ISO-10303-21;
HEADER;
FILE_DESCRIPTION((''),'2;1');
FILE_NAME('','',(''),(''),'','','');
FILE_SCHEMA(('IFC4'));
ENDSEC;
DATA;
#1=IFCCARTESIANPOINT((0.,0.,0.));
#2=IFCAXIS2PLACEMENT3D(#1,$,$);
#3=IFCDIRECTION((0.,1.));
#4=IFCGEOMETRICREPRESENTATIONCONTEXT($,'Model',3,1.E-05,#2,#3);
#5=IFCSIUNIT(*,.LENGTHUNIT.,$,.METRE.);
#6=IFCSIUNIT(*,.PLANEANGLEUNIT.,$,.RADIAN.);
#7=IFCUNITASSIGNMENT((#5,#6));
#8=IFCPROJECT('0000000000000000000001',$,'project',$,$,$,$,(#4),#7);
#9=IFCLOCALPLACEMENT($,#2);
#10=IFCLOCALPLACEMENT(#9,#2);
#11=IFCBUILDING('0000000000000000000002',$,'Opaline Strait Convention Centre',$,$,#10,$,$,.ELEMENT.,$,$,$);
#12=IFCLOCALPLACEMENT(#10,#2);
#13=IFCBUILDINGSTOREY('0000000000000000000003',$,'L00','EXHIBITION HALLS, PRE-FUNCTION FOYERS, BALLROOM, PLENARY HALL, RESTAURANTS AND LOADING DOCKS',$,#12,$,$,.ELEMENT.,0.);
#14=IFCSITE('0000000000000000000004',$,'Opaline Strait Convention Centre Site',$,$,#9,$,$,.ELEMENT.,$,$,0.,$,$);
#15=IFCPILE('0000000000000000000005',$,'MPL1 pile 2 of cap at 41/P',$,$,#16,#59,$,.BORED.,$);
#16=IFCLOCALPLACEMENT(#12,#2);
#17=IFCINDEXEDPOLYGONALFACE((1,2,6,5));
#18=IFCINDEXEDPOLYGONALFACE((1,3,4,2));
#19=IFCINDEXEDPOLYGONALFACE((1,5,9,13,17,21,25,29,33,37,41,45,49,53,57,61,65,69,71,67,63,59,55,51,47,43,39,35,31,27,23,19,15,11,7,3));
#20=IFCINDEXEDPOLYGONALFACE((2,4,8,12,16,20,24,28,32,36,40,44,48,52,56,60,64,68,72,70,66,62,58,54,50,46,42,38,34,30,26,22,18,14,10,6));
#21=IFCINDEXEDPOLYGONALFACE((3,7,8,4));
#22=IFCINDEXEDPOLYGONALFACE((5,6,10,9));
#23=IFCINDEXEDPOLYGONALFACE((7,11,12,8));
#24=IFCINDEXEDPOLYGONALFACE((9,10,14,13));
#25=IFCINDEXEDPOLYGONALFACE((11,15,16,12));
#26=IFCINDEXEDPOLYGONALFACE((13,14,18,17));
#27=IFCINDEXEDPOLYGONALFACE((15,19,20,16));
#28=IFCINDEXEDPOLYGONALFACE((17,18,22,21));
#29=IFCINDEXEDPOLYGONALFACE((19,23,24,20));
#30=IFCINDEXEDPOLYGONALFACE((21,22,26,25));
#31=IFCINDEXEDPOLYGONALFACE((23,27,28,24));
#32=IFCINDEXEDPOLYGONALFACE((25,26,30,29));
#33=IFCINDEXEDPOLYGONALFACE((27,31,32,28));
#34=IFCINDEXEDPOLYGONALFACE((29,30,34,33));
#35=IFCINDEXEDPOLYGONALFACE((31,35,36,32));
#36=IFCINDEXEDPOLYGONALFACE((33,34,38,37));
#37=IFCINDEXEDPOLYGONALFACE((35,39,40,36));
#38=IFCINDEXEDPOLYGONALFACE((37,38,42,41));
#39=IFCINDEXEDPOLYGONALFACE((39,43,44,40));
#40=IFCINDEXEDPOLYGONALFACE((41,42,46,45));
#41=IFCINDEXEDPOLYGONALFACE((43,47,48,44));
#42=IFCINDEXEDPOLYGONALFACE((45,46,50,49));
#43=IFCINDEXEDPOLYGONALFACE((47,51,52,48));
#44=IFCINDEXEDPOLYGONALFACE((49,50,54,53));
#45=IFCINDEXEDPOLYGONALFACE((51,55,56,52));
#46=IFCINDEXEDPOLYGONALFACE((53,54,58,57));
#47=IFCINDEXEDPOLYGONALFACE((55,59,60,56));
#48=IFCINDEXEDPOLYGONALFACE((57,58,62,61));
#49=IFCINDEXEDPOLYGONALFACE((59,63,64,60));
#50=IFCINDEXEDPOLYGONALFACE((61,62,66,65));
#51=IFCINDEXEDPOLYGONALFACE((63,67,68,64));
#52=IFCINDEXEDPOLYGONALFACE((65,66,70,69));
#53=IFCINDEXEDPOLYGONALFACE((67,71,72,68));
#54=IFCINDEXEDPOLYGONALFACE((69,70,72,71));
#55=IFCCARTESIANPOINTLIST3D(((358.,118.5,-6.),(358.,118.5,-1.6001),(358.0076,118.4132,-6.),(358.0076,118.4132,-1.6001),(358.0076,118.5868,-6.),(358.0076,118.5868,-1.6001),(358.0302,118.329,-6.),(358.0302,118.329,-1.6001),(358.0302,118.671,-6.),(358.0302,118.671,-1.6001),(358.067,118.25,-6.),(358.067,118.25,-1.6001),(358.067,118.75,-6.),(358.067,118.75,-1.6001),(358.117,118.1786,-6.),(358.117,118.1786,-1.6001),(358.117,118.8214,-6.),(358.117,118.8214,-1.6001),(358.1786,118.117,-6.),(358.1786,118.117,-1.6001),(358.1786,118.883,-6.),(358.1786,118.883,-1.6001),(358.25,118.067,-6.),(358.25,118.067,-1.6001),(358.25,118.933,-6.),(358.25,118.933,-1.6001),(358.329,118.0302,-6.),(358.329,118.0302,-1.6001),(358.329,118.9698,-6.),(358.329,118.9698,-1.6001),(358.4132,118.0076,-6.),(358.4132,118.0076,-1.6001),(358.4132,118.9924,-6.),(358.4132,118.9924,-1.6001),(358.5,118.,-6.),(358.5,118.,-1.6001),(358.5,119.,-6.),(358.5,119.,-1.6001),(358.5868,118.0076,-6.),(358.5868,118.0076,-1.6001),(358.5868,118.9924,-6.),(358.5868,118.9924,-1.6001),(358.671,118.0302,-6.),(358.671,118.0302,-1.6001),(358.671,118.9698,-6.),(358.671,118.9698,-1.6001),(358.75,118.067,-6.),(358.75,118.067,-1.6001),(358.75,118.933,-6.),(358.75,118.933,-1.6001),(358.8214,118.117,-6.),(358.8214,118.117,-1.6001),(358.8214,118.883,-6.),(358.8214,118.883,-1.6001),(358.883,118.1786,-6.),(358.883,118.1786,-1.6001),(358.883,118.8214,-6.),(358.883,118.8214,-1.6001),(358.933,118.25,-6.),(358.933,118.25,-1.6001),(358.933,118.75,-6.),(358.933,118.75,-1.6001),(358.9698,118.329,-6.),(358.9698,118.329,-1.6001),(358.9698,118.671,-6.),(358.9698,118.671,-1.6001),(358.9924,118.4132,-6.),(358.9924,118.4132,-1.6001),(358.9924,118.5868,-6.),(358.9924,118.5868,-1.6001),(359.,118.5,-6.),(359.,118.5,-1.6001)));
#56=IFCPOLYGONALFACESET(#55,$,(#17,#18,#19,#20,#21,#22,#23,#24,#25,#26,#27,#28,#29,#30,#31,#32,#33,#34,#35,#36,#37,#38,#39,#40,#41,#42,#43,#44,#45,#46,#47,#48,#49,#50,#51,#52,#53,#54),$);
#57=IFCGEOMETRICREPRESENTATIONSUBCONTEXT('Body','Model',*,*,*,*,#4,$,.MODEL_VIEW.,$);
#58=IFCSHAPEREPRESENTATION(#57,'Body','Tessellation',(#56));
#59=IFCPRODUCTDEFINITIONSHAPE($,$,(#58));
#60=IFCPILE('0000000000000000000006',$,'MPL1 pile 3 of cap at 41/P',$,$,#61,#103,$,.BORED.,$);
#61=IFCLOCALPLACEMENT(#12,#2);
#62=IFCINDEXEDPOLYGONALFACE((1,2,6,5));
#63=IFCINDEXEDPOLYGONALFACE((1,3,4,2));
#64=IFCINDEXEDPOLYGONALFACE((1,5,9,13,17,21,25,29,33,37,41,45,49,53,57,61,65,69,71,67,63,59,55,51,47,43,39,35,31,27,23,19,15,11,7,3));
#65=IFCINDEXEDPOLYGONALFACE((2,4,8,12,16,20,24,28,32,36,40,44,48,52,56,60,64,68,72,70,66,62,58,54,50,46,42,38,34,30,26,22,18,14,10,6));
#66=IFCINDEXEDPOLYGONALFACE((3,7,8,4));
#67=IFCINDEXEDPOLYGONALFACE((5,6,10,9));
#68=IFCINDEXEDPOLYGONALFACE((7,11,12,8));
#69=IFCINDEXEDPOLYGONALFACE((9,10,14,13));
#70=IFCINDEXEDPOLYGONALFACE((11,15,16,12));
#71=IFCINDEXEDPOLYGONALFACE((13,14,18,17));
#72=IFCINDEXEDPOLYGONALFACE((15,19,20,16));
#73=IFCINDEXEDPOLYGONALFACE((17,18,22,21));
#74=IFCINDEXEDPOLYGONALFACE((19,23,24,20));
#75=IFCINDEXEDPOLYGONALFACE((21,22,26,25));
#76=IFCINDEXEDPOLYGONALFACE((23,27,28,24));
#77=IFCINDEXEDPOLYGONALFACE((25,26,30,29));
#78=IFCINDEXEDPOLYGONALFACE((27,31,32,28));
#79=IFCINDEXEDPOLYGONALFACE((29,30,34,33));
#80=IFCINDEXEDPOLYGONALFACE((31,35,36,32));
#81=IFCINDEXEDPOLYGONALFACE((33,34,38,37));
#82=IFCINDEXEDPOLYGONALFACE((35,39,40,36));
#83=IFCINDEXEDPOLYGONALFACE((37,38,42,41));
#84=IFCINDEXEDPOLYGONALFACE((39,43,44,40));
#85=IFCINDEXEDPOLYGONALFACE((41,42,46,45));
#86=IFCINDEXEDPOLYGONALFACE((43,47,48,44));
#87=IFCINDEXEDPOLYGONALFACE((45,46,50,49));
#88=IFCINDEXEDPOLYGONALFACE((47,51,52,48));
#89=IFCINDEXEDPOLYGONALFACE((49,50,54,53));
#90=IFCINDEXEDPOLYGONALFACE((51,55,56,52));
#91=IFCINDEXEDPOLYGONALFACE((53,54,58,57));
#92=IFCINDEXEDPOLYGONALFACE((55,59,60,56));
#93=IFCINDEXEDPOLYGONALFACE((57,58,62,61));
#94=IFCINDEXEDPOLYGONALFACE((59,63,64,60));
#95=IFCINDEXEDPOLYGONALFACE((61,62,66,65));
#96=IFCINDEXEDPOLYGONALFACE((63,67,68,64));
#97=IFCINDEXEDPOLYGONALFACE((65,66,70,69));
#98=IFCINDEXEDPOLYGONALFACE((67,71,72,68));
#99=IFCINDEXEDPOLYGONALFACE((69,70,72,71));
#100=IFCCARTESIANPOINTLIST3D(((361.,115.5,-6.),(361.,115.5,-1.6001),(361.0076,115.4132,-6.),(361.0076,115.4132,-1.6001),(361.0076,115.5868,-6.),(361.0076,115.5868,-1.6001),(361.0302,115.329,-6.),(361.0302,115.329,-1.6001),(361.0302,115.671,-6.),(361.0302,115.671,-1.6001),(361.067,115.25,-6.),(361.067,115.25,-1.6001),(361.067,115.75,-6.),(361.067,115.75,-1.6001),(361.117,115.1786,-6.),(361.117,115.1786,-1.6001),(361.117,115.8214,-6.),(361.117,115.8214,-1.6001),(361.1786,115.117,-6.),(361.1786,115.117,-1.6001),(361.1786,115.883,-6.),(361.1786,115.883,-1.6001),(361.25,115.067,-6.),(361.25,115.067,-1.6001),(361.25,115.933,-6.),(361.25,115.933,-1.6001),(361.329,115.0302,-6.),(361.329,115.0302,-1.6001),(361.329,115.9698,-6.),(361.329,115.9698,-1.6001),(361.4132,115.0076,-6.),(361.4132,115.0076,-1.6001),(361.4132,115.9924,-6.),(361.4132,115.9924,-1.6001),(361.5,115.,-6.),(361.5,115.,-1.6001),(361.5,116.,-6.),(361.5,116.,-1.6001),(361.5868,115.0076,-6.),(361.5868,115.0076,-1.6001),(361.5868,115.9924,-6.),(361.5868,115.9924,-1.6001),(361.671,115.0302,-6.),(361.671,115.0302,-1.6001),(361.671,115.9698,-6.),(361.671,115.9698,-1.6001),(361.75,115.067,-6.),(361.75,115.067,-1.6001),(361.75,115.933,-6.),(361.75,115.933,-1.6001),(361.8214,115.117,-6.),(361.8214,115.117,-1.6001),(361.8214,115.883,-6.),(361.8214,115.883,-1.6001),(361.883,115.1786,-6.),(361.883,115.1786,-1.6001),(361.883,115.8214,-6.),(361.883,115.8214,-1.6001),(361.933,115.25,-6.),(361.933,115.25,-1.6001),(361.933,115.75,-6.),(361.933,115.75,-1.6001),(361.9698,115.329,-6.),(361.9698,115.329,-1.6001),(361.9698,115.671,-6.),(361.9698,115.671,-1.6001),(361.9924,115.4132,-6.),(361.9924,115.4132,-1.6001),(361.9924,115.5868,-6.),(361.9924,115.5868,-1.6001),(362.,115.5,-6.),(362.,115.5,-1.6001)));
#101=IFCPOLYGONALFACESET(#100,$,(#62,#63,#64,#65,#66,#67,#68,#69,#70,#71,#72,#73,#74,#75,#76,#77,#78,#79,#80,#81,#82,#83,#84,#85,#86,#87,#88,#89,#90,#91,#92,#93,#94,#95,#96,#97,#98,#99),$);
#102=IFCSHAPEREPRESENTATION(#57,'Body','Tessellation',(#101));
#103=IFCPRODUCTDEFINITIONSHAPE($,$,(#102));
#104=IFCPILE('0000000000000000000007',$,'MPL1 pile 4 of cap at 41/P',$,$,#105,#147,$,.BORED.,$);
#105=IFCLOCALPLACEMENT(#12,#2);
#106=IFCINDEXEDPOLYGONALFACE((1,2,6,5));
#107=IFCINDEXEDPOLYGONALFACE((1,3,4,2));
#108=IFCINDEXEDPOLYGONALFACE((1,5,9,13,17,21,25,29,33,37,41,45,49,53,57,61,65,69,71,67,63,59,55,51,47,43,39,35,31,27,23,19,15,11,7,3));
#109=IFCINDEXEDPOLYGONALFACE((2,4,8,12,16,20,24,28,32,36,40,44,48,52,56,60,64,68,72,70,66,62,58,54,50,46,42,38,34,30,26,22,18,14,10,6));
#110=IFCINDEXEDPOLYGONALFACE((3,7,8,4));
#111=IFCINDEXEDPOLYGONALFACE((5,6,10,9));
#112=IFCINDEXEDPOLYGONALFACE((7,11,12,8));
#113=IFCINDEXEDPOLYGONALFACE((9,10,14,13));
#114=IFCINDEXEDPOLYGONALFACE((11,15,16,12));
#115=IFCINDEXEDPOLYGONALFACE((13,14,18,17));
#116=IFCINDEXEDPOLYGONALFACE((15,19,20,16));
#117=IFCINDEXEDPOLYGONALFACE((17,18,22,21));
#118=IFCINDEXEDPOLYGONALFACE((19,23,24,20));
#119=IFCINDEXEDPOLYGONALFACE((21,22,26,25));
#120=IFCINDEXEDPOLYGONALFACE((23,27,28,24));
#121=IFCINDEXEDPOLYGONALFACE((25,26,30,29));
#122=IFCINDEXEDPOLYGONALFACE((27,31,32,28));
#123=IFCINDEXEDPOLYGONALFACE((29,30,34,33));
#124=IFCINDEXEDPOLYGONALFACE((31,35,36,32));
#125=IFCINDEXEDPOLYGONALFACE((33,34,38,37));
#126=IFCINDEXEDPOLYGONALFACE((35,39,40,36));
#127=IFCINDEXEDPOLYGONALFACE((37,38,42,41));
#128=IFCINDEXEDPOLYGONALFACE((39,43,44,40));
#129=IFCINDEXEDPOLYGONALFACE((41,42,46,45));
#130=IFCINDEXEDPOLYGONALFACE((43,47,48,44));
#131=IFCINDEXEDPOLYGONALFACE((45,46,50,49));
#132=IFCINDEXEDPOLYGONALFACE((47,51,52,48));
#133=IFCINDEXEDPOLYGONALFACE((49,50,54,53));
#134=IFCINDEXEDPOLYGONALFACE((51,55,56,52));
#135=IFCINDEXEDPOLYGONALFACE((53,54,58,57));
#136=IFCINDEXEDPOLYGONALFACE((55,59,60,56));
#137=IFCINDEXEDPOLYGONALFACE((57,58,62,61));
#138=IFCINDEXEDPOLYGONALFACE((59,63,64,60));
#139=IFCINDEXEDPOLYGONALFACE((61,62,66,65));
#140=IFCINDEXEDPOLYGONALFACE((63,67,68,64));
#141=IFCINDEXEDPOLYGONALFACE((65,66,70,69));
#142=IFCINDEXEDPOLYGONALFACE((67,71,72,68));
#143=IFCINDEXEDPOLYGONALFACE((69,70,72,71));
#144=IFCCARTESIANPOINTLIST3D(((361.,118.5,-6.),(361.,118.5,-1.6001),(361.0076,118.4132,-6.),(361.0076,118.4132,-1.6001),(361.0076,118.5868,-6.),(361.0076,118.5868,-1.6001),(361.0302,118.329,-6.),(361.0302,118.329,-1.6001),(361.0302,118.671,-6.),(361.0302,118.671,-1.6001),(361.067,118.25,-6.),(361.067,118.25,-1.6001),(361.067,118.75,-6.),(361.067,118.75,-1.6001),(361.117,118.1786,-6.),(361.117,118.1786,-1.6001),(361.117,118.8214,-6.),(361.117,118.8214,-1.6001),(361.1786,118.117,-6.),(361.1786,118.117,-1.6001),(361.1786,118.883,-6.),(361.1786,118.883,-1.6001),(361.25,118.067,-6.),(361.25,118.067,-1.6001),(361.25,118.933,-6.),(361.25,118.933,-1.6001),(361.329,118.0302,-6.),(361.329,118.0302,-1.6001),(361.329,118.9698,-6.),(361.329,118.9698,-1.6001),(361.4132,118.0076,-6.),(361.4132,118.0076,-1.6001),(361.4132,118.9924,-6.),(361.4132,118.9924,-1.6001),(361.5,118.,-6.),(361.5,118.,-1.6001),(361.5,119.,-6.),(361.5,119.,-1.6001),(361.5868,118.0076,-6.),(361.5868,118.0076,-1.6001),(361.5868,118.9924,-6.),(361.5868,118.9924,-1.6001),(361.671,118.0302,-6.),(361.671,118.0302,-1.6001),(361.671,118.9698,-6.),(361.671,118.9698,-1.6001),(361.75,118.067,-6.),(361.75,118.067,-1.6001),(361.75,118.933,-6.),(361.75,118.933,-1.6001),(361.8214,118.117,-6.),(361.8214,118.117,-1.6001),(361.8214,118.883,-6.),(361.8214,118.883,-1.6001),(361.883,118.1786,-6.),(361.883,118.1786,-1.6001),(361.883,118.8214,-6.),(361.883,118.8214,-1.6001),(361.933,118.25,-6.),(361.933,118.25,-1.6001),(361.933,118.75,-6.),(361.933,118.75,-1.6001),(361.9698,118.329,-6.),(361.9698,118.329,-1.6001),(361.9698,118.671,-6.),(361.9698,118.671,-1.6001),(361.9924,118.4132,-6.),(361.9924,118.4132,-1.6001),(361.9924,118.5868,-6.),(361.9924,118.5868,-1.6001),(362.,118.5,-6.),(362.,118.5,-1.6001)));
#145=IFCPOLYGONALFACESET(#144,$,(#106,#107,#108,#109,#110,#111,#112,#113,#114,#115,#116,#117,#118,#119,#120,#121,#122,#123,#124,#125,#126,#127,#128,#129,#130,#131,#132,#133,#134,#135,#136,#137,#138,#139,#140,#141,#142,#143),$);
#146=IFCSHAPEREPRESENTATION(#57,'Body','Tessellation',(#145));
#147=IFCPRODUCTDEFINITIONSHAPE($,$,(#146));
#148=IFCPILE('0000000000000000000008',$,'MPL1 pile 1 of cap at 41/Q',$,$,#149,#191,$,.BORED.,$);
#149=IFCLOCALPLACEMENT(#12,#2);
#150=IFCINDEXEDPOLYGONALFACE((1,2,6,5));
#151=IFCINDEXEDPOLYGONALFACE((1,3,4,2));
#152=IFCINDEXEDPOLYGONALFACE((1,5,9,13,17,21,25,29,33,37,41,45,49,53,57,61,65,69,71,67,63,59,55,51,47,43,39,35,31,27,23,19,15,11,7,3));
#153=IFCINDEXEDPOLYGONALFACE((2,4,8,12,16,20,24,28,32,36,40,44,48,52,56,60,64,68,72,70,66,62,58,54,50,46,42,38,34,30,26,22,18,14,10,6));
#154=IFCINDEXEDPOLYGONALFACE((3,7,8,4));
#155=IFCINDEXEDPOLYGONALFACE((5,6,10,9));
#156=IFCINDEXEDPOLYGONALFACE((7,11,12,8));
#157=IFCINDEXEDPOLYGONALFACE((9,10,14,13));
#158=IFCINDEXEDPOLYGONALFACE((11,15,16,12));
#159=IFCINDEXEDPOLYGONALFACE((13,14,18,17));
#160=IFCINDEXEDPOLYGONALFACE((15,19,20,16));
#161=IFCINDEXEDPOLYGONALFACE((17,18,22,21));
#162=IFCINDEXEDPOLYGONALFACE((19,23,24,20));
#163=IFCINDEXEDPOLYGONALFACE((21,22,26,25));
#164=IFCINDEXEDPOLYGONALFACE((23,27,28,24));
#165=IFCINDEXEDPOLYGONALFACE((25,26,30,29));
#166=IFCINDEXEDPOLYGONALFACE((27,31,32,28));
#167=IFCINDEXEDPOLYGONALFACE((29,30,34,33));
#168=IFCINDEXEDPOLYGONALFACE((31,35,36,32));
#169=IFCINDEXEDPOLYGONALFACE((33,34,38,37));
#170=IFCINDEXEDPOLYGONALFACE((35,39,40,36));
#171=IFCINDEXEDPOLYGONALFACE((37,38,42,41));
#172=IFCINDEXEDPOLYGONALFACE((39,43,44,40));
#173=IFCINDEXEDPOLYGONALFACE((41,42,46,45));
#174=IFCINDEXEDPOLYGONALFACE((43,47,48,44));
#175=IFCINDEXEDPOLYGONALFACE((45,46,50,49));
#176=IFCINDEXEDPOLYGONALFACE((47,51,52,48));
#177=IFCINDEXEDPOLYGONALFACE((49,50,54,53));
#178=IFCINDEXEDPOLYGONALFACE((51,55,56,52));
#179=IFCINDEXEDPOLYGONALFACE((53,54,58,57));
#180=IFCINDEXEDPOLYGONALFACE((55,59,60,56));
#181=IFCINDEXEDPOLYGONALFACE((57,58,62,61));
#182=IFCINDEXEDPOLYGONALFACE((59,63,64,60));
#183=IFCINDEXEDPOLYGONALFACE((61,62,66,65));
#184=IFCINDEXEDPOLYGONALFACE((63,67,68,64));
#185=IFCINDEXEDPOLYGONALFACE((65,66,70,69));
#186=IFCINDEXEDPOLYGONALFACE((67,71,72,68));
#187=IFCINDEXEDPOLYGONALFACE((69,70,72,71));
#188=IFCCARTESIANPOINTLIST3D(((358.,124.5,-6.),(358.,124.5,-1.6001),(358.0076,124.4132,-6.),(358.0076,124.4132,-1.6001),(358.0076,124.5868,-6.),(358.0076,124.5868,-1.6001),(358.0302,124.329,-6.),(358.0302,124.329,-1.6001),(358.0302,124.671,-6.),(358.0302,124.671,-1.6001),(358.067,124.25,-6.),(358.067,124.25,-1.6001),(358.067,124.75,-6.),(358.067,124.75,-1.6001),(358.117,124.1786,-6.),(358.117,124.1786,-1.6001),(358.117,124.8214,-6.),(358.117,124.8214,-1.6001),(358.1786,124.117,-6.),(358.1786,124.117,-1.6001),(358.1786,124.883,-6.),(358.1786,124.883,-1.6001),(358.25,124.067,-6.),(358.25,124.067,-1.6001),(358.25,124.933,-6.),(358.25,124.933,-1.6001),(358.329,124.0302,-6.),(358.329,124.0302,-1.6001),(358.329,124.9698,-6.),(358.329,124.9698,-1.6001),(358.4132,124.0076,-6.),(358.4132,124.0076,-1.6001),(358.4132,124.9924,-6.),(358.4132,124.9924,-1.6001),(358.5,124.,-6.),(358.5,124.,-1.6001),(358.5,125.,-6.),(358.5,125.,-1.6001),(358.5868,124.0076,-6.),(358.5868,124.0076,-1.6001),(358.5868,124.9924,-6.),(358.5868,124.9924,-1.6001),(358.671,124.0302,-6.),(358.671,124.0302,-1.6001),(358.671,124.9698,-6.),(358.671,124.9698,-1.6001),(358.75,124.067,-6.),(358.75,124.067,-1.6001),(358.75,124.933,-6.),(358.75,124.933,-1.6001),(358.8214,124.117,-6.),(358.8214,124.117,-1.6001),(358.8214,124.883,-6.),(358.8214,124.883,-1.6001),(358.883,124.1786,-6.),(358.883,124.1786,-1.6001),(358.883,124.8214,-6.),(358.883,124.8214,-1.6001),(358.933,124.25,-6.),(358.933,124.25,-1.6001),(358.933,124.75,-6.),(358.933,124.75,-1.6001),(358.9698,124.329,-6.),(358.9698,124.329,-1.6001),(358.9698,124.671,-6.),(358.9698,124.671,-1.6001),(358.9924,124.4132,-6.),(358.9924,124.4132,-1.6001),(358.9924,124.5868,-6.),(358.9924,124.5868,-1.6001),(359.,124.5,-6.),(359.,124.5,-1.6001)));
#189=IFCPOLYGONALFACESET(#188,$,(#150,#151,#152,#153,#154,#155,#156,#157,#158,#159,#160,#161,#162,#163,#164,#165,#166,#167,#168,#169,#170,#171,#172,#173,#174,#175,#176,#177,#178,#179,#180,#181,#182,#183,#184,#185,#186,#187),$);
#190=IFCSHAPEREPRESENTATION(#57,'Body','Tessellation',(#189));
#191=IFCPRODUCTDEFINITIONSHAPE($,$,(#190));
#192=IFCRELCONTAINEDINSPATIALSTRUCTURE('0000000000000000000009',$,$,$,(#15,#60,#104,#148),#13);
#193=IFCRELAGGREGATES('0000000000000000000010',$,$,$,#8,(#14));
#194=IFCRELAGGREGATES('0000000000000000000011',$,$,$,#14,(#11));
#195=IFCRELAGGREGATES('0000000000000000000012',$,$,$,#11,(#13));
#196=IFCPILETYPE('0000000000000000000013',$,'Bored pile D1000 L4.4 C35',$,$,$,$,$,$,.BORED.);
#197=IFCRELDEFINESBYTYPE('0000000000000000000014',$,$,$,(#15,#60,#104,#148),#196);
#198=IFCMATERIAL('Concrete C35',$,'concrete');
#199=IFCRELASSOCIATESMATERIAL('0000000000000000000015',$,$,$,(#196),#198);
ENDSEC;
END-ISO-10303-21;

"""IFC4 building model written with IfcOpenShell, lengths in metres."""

from ifc_helpers import new_model, si_unit, direction, frame, origin, origin_2d, place, context, subcontext, project, spatial, circle, extrude, material, material_profile, profile_set, type_object, element, save


model = new_model("IFC4")

# Units and contexts
model_context = context("Model", 3, precision=1e-05, world=origin(), true_north=direction((0.0, 1.0)))
body_context = subcontext(model_context, "Body", "Model", "MODEL_VIEW")
ifc_project = project(units=[si_unit("LENGTHUNIT", "METRE"), si_unit("PLANEANGLEUNIT", "RADIAN")], contexts=[model_context])

# Site, building, storey
site_placement = place(None, origin())
site = spatial("IfcSite", under=ifc_project, at=site_placement, Name="Opaline Strait Convention Centre Site", CompositionType="ELEMENT", RefElevation=0.0)
building_placement = place(site_placement, origin())
building = spatial("IfcBuilding", under=site, at=building_placement, Name="Opaline Strait Convention Centre", CompositionType="ELEMENT")
storey_placement = place(building_placement, origin())
storey = spatial("IfcBuildingStorey", under=building, at=storey_placement, Name="L00", Description="EXHIBITION HALLS, PRE-FUNCTION FOYERS, BALLROOM, PLENARY HALL, RESTAURANTS AND LOADING DOCKS", CompositionType="ELEMENT", Elevation=0.0)

# Piles
ifc_material_1 = material(Name="Concrete C35", Category="concrete")
ifc_material_profile_1 = material_profile(ifc_material_1, circle(Radius=0.5, at=origin_2d()), Name="D1000")
ifc_profile_set_1 = profile_set([ifc_material_profile_1], Name="Concrete C35")
pile_type = type_object("IfcPileType", Name="Bored pile D1000 L4.4 C35", PredefinedType="BORED", material=ifc_profile_set_1)
for number, where, z_axis, x_axis, name in (
    (1, (358.5, 118.5, -1.6001), (0.0, 0.0, -1.0), (1.0, 0.0, 0.0), "MPL1 pile 2 of cap at 41/P"),
    (2, (361.5, 115.5, -1.6001), (0.0, 0.0, -1.0), (1.0, 0.0, 0.0), "MPL1 pile 3 of cap at 41/P"),
    (3, (361.5, 118.5, -1.6001), (0.0, 0.0, -1.0), (1.0, 0.0, 0.0), "MPL1 pile 4 of cap at 41/P"),
    (4, (358.5, 124.5, -1.6001), (0.0, 0.0, -1.0), (1.0, 0.0, 0.0), "MPL1 pile 1 of cap at 41/Q"),
):
    element("IfcPile", number, at=place(storey_placement, frame(where, z_axis=z_axis, x_axis=x_axis)), inside=storey, type_object=pile_type, Name=name, PredefinedType="BORED", context=body_context, shape_type="SweptSolid", body=[
        extrude(circle(Radius=0.5, at=origin_2d()), origin(), (0.0, 0.0, 1.0), 4.3999),
    ])

save(model, "model.ifc")
